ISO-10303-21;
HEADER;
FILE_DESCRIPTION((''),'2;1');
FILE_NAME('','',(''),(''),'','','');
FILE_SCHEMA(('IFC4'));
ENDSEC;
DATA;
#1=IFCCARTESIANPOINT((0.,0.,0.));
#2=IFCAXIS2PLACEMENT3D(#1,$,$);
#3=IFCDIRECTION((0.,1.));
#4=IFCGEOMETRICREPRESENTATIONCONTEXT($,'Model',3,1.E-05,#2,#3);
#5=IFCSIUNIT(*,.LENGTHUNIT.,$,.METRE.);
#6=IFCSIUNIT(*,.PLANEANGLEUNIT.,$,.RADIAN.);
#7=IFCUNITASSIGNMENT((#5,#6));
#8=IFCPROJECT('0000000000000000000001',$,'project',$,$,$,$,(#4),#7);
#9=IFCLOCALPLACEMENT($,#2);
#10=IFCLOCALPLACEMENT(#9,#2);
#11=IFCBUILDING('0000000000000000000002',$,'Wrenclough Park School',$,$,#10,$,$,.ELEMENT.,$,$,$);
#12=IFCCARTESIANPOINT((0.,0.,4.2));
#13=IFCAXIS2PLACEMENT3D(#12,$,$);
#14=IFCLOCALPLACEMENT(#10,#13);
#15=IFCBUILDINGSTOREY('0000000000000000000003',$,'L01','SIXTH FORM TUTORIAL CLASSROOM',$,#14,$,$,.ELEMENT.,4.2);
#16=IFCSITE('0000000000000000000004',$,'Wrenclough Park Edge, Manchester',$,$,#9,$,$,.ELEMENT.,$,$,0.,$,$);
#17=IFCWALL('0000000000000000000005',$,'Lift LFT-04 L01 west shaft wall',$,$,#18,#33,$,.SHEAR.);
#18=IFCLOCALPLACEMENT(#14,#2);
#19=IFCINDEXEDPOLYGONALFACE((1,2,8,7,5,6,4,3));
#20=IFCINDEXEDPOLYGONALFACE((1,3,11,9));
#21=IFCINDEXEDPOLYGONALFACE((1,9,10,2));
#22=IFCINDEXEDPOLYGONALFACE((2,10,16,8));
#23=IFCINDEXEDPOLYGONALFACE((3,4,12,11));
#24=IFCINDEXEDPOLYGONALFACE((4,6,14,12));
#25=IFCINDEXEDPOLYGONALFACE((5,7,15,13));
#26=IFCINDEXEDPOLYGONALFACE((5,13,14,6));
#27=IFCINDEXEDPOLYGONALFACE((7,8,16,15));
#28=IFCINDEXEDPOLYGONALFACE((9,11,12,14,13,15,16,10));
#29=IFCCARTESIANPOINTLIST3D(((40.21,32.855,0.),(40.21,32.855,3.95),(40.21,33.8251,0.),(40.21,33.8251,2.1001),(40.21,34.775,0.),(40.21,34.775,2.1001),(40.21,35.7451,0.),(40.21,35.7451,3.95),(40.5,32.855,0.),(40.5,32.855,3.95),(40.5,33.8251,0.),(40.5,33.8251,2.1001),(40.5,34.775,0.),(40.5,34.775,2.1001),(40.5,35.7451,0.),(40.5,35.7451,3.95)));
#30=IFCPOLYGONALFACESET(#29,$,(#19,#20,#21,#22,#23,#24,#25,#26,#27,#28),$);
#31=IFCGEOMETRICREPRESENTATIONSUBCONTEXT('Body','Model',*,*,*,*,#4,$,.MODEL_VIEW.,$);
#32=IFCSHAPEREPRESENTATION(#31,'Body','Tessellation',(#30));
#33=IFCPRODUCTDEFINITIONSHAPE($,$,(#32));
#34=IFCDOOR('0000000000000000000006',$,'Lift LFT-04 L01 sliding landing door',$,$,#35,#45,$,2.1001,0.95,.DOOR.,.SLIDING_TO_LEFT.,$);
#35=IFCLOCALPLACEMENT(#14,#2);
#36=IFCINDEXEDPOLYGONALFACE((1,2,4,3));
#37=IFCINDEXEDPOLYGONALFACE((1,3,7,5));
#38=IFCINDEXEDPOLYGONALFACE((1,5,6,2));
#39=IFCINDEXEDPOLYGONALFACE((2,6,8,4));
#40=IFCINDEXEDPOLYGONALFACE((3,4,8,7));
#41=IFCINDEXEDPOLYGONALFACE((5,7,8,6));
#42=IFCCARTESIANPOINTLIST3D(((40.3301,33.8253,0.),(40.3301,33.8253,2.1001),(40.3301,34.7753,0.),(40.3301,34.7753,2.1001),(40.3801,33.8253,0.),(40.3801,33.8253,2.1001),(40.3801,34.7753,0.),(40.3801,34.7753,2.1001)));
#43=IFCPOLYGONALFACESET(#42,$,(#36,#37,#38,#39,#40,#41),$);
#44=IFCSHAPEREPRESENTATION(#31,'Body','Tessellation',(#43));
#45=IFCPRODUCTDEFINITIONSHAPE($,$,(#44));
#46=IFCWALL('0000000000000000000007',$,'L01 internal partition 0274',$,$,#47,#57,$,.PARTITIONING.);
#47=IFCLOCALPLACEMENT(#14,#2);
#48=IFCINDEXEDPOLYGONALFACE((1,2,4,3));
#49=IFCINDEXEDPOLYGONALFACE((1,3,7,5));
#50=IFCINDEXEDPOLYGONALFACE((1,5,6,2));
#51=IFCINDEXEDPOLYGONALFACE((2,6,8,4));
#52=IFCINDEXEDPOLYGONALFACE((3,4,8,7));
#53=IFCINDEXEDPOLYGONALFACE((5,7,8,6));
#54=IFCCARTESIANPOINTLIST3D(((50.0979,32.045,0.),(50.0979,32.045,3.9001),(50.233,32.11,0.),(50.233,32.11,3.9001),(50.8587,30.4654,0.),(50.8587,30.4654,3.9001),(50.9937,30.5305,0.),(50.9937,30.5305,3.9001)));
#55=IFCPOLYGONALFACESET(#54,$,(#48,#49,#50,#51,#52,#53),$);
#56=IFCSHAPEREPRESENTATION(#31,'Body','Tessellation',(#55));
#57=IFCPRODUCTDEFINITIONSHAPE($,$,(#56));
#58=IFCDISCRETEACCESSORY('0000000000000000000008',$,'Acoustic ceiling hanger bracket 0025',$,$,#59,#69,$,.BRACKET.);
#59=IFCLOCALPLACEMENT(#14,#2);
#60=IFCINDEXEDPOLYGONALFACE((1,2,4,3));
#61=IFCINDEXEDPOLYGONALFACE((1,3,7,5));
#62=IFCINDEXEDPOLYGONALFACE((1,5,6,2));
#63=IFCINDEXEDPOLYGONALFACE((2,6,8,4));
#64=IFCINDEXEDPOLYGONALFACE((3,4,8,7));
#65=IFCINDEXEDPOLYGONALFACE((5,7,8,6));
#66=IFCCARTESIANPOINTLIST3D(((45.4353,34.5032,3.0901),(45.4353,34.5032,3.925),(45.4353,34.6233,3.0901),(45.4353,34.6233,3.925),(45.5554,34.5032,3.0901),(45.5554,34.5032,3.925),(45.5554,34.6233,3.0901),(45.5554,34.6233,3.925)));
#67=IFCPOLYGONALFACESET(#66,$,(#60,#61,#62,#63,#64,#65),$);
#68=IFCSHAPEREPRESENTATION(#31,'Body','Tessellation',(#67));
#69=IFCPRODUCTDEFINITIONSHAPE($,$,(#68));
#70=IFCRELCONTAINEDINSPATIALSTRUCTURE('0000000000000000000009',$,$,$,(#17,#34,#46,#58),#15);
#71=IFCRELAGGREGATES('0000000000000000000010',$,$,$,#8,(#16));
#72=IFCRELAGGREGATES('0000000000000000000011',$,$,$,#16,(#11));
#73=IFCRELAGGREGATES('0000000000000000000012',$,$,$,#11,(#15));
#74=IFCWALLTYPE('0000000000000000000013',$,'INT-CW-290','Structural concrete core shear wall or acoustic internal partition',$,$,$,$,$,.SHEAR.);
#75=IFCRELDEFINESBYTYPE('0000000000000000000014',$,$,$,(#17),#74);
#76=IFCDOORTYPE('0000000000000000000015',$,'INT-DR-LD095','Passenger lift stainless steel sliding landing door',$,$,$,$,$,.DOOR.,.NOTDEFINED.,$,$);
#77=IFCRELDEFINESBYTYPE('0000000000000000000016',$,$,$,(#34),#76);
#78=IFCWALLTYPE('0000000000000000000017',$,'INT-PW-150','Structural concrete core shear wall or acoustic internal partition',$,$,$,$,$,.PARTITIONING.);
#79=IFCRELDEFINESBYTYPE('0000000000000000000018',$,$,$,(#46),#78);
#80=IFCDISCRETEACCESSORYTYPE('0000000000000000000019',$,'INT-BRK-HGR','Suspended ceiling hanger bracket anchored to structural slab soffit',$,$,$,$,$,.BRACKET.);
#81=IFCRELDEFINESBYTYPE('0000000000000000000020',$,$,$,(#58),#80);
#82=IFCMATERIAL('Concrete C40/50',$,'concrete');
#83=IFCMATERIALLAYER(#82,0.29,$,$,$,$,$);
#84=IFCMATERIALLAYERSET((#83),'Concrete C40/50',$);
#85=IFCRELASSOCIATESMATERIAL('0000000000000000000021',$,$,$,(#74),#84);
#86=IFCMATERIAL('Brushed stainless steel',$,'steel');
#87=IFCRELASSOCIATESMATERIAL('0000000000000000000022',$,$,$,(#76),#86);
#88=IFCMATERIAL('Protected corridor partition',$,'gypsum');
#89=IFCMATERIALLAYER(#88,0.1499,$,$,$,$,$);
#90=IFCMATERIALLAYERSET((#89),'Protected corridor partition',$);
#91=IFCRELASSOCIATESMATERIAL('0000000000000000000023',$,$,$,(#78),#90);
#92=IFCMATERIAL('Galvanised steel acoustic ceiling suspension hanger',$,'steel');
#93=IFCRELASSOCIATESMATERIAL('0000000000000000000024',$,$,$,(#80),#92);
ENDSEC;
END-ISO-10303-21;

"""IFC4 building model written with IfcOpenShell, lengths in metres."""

from ifc_helpers import new_model, si_unit, direction, frame, frame_2d, origin, origin_2d, place, context, subcontext, project, spatial, rectangle, extrude, material, layer, layer_set, type_object, element, fill, save


model = new_model("IFC4")

# Units and contexts
model_context = context("Model", 3, precision=1e-05, world=origin(), true_north=direction((0.0, 1.0)))
body_context = subcontext(model_context, "Body", "Model", "MODEL_VIEW")
ifc_project = project(units=[si_unit("LENGTHUNIT", "METRE"), si_unit("PLANEANGLEUNIT", "RADIAN")], contexts=[model_context])

# Site, building, storey
site_placement = place(None, origin())
site = spatial("IfcSite", under=ifc_project, at=site_placement, Name="Wrenclough Park Edge, Manchester", CompositionType="ELEMENT", RefElevation=0.0)
building_placement = place(site_placement, origin())
building = spatial("IfcBuilding", under=site, at=building_placement, Name="Wrenclough Park School", CompositionType="ELEMENT")
storey_placement = place(building_placement, frame((0.0, 0.0, 4.2)))
storey = spatial("IfcBuildingStorey", under=building, at=storey_placement, Name="L01", Description="SIXTH FORM TUTORIAL CLASSROOM", CompositionType="ELEMENT", Elevation=4.2)

# Shared definitions
ifc_material_1 = material(Name="Concrete C40/50", Category="concrete")

# Shared definitions
ifc_layer_1 = layer(ifc_material_1, 0.29)
ifc_layer_set_1 = layer_set([ifc_layer_1], Name="Concrete C40/50")
wall_type_1 = type_object("IfcWallType", Name="INT-CW-290", Description="Structural concrete core shear wall or acoustic internal partition", PredefinedType="SHEAR", material=ifc_layer_set_1)

# Wall, opening, door
wall_1_placement = place(storey_placement, frame((40.355, 35.7451, 0.0), z_axis=(0.0, 0.0, 1.0), x_axis=(0.0, -1.0, 0.0)))
wall_1 = element("IfcWall", 1, at=wall_1_placement, inside=storey, type_object=wall_type_1, Name="Lift LFT-04 L01 west shaft wall", PredefinedType="SHEAR", context=body_context, shape_type="SweptSolid", body=[
    extrude(rectangle(XDim=2.8901, YDim=0.29, at=frame_2d((1.4451, 0.0))), origin(), (0.0, 0.0, 1.0), 3.95),
])
opening_1_placement = place(wall_1_placement, frame((0.97, 0.0, 0.0)))
opening_1 = element("IfcOpeningElement", 2, at=opening_1_placement, cuts=wall_1, PredefinedType="OPENING", context=body_context, shape_type="SweptSolid", body=[
    extrude(rectangle(XDim=0.95, YDim=2.1001, at=frame_2d((0.4751, 1.05))), frame((0.0, 0.155, 0.0), z_axis=(0.0, -1.0, 0.0), x_axis=(1.0, 0.0, 0.0)), (0.0, 0.0, 1.0), 0.3101),
])
ifc_material_2 = material(Name="Brushed stainless steel", Category="steel")
door_type_1 = type_object("IfcDoorType", Name="INT-DR-LD095", Description="Passenger lift stainless steel sliding landing door", OperationType="NOTDEFINED", PredefinedType="DOOR", material=ifc_material_2)
door_1_placement = place(opening_1_placement, frame((0.95, 0.0, 0.0), z_axis=(0.0, 0.0, 1.0), x_axis=(-1.0, 0.0, 0.0)))
door_1 = element("IfcDoor", 3, at=door_1_placement, inside=storey, type_object=door_type_1, Name="Lift LFT-04 L01 sliding landing door", OperationType="SLIDING_TO_LEFT", OverallHeight=2.1001, OverallWidth=0.95, PredefinedType="DOOR", context=body_context, shape_type="SweptSolid", body=[
    extrude(rectangle(XDim=0.95, YDim=2.1001, at=frame_2d((0.4751, 1.05))), frame((0.0, 0.0249, 0.0), z_axis=(0.0, -1.0, 0.0), x_axis=(1.0, 0.0, 0.0)), (0.0, 0.0, 1.0), 0.05),
])
fill(opening_1, door_1)

# Wall
ifc_material_3 = material(Name="Protected corridor partition", Category="gypsum")
ifc_layer_2 = layer(ifc_material_3, 0.1499)
ifc_layer_set_2 = layer_set([ifc_layer_2], Name="Protected corridor partition")
wall_type_2 = type_object("IfcWallType", Name="INT-PW-150", Description="Structural concrete core shear wall or acoustic internal partition", PredefinedType="PARTITIONING", material=ifc_layer_set_2)
wall_2_placement = place(storey_placement, frame((50.1655, 32.0774, 0.0), z_axis=(0.0, 0.0, 1.0), x_axis=(0.433908, -0.900957, 0.0)))
element("IfcWall", 4, at=wall_2_placement, inside=storey, type_object=wall_type_2, Name="L01 internal partition 0274", PredefinedType="PARTITIONING", context=body_context, shape_type="SweptSolid", body=[
    extrude(rectangle(XDim=1.7532, YDim=0.1499, at=frame_2d((0.8765, 0.0))), origin(), (0.0, 0.0, 1.0), 3.9001),
])

# Discrete accessory
ifc_material_4 = material(Name="Galvanised steel acoustic ceiling suspension hanger", Category="steel")
discrete_accessory_type = type_object("IfcDiscreteAccessoryType", Name="INT-BRK-HGR", Description="Suspended ceiling hanger bracket anchored to structural slab soffit", PredefinedType="BRACKET", material=ifc_material_4)
discrete_accessory_placement = place(storey_placement, frame((45.4954, 34.5632, 3.0901), z_axis=(0.0, 0.0, 1.0), x_axis=(1.0, 0.0, 0.0)))
element("IfcDiscreteAccessory", 5, at=discrete_accessory_placement, inside=storey, type_object=discrete_accessory_type, Name="Acoustic ceiling hanger bracket 0025", PredefinedType="BRACKET", context=body_context, shape_type="SweptSolid", body=[
    extrude(rectangle(XDim=0.1201, YDim=0.1201, at=origin_2d()), origin(), (0.0, 0.0, 1.0), 0.835),
])

save(model, "model.ifc")
